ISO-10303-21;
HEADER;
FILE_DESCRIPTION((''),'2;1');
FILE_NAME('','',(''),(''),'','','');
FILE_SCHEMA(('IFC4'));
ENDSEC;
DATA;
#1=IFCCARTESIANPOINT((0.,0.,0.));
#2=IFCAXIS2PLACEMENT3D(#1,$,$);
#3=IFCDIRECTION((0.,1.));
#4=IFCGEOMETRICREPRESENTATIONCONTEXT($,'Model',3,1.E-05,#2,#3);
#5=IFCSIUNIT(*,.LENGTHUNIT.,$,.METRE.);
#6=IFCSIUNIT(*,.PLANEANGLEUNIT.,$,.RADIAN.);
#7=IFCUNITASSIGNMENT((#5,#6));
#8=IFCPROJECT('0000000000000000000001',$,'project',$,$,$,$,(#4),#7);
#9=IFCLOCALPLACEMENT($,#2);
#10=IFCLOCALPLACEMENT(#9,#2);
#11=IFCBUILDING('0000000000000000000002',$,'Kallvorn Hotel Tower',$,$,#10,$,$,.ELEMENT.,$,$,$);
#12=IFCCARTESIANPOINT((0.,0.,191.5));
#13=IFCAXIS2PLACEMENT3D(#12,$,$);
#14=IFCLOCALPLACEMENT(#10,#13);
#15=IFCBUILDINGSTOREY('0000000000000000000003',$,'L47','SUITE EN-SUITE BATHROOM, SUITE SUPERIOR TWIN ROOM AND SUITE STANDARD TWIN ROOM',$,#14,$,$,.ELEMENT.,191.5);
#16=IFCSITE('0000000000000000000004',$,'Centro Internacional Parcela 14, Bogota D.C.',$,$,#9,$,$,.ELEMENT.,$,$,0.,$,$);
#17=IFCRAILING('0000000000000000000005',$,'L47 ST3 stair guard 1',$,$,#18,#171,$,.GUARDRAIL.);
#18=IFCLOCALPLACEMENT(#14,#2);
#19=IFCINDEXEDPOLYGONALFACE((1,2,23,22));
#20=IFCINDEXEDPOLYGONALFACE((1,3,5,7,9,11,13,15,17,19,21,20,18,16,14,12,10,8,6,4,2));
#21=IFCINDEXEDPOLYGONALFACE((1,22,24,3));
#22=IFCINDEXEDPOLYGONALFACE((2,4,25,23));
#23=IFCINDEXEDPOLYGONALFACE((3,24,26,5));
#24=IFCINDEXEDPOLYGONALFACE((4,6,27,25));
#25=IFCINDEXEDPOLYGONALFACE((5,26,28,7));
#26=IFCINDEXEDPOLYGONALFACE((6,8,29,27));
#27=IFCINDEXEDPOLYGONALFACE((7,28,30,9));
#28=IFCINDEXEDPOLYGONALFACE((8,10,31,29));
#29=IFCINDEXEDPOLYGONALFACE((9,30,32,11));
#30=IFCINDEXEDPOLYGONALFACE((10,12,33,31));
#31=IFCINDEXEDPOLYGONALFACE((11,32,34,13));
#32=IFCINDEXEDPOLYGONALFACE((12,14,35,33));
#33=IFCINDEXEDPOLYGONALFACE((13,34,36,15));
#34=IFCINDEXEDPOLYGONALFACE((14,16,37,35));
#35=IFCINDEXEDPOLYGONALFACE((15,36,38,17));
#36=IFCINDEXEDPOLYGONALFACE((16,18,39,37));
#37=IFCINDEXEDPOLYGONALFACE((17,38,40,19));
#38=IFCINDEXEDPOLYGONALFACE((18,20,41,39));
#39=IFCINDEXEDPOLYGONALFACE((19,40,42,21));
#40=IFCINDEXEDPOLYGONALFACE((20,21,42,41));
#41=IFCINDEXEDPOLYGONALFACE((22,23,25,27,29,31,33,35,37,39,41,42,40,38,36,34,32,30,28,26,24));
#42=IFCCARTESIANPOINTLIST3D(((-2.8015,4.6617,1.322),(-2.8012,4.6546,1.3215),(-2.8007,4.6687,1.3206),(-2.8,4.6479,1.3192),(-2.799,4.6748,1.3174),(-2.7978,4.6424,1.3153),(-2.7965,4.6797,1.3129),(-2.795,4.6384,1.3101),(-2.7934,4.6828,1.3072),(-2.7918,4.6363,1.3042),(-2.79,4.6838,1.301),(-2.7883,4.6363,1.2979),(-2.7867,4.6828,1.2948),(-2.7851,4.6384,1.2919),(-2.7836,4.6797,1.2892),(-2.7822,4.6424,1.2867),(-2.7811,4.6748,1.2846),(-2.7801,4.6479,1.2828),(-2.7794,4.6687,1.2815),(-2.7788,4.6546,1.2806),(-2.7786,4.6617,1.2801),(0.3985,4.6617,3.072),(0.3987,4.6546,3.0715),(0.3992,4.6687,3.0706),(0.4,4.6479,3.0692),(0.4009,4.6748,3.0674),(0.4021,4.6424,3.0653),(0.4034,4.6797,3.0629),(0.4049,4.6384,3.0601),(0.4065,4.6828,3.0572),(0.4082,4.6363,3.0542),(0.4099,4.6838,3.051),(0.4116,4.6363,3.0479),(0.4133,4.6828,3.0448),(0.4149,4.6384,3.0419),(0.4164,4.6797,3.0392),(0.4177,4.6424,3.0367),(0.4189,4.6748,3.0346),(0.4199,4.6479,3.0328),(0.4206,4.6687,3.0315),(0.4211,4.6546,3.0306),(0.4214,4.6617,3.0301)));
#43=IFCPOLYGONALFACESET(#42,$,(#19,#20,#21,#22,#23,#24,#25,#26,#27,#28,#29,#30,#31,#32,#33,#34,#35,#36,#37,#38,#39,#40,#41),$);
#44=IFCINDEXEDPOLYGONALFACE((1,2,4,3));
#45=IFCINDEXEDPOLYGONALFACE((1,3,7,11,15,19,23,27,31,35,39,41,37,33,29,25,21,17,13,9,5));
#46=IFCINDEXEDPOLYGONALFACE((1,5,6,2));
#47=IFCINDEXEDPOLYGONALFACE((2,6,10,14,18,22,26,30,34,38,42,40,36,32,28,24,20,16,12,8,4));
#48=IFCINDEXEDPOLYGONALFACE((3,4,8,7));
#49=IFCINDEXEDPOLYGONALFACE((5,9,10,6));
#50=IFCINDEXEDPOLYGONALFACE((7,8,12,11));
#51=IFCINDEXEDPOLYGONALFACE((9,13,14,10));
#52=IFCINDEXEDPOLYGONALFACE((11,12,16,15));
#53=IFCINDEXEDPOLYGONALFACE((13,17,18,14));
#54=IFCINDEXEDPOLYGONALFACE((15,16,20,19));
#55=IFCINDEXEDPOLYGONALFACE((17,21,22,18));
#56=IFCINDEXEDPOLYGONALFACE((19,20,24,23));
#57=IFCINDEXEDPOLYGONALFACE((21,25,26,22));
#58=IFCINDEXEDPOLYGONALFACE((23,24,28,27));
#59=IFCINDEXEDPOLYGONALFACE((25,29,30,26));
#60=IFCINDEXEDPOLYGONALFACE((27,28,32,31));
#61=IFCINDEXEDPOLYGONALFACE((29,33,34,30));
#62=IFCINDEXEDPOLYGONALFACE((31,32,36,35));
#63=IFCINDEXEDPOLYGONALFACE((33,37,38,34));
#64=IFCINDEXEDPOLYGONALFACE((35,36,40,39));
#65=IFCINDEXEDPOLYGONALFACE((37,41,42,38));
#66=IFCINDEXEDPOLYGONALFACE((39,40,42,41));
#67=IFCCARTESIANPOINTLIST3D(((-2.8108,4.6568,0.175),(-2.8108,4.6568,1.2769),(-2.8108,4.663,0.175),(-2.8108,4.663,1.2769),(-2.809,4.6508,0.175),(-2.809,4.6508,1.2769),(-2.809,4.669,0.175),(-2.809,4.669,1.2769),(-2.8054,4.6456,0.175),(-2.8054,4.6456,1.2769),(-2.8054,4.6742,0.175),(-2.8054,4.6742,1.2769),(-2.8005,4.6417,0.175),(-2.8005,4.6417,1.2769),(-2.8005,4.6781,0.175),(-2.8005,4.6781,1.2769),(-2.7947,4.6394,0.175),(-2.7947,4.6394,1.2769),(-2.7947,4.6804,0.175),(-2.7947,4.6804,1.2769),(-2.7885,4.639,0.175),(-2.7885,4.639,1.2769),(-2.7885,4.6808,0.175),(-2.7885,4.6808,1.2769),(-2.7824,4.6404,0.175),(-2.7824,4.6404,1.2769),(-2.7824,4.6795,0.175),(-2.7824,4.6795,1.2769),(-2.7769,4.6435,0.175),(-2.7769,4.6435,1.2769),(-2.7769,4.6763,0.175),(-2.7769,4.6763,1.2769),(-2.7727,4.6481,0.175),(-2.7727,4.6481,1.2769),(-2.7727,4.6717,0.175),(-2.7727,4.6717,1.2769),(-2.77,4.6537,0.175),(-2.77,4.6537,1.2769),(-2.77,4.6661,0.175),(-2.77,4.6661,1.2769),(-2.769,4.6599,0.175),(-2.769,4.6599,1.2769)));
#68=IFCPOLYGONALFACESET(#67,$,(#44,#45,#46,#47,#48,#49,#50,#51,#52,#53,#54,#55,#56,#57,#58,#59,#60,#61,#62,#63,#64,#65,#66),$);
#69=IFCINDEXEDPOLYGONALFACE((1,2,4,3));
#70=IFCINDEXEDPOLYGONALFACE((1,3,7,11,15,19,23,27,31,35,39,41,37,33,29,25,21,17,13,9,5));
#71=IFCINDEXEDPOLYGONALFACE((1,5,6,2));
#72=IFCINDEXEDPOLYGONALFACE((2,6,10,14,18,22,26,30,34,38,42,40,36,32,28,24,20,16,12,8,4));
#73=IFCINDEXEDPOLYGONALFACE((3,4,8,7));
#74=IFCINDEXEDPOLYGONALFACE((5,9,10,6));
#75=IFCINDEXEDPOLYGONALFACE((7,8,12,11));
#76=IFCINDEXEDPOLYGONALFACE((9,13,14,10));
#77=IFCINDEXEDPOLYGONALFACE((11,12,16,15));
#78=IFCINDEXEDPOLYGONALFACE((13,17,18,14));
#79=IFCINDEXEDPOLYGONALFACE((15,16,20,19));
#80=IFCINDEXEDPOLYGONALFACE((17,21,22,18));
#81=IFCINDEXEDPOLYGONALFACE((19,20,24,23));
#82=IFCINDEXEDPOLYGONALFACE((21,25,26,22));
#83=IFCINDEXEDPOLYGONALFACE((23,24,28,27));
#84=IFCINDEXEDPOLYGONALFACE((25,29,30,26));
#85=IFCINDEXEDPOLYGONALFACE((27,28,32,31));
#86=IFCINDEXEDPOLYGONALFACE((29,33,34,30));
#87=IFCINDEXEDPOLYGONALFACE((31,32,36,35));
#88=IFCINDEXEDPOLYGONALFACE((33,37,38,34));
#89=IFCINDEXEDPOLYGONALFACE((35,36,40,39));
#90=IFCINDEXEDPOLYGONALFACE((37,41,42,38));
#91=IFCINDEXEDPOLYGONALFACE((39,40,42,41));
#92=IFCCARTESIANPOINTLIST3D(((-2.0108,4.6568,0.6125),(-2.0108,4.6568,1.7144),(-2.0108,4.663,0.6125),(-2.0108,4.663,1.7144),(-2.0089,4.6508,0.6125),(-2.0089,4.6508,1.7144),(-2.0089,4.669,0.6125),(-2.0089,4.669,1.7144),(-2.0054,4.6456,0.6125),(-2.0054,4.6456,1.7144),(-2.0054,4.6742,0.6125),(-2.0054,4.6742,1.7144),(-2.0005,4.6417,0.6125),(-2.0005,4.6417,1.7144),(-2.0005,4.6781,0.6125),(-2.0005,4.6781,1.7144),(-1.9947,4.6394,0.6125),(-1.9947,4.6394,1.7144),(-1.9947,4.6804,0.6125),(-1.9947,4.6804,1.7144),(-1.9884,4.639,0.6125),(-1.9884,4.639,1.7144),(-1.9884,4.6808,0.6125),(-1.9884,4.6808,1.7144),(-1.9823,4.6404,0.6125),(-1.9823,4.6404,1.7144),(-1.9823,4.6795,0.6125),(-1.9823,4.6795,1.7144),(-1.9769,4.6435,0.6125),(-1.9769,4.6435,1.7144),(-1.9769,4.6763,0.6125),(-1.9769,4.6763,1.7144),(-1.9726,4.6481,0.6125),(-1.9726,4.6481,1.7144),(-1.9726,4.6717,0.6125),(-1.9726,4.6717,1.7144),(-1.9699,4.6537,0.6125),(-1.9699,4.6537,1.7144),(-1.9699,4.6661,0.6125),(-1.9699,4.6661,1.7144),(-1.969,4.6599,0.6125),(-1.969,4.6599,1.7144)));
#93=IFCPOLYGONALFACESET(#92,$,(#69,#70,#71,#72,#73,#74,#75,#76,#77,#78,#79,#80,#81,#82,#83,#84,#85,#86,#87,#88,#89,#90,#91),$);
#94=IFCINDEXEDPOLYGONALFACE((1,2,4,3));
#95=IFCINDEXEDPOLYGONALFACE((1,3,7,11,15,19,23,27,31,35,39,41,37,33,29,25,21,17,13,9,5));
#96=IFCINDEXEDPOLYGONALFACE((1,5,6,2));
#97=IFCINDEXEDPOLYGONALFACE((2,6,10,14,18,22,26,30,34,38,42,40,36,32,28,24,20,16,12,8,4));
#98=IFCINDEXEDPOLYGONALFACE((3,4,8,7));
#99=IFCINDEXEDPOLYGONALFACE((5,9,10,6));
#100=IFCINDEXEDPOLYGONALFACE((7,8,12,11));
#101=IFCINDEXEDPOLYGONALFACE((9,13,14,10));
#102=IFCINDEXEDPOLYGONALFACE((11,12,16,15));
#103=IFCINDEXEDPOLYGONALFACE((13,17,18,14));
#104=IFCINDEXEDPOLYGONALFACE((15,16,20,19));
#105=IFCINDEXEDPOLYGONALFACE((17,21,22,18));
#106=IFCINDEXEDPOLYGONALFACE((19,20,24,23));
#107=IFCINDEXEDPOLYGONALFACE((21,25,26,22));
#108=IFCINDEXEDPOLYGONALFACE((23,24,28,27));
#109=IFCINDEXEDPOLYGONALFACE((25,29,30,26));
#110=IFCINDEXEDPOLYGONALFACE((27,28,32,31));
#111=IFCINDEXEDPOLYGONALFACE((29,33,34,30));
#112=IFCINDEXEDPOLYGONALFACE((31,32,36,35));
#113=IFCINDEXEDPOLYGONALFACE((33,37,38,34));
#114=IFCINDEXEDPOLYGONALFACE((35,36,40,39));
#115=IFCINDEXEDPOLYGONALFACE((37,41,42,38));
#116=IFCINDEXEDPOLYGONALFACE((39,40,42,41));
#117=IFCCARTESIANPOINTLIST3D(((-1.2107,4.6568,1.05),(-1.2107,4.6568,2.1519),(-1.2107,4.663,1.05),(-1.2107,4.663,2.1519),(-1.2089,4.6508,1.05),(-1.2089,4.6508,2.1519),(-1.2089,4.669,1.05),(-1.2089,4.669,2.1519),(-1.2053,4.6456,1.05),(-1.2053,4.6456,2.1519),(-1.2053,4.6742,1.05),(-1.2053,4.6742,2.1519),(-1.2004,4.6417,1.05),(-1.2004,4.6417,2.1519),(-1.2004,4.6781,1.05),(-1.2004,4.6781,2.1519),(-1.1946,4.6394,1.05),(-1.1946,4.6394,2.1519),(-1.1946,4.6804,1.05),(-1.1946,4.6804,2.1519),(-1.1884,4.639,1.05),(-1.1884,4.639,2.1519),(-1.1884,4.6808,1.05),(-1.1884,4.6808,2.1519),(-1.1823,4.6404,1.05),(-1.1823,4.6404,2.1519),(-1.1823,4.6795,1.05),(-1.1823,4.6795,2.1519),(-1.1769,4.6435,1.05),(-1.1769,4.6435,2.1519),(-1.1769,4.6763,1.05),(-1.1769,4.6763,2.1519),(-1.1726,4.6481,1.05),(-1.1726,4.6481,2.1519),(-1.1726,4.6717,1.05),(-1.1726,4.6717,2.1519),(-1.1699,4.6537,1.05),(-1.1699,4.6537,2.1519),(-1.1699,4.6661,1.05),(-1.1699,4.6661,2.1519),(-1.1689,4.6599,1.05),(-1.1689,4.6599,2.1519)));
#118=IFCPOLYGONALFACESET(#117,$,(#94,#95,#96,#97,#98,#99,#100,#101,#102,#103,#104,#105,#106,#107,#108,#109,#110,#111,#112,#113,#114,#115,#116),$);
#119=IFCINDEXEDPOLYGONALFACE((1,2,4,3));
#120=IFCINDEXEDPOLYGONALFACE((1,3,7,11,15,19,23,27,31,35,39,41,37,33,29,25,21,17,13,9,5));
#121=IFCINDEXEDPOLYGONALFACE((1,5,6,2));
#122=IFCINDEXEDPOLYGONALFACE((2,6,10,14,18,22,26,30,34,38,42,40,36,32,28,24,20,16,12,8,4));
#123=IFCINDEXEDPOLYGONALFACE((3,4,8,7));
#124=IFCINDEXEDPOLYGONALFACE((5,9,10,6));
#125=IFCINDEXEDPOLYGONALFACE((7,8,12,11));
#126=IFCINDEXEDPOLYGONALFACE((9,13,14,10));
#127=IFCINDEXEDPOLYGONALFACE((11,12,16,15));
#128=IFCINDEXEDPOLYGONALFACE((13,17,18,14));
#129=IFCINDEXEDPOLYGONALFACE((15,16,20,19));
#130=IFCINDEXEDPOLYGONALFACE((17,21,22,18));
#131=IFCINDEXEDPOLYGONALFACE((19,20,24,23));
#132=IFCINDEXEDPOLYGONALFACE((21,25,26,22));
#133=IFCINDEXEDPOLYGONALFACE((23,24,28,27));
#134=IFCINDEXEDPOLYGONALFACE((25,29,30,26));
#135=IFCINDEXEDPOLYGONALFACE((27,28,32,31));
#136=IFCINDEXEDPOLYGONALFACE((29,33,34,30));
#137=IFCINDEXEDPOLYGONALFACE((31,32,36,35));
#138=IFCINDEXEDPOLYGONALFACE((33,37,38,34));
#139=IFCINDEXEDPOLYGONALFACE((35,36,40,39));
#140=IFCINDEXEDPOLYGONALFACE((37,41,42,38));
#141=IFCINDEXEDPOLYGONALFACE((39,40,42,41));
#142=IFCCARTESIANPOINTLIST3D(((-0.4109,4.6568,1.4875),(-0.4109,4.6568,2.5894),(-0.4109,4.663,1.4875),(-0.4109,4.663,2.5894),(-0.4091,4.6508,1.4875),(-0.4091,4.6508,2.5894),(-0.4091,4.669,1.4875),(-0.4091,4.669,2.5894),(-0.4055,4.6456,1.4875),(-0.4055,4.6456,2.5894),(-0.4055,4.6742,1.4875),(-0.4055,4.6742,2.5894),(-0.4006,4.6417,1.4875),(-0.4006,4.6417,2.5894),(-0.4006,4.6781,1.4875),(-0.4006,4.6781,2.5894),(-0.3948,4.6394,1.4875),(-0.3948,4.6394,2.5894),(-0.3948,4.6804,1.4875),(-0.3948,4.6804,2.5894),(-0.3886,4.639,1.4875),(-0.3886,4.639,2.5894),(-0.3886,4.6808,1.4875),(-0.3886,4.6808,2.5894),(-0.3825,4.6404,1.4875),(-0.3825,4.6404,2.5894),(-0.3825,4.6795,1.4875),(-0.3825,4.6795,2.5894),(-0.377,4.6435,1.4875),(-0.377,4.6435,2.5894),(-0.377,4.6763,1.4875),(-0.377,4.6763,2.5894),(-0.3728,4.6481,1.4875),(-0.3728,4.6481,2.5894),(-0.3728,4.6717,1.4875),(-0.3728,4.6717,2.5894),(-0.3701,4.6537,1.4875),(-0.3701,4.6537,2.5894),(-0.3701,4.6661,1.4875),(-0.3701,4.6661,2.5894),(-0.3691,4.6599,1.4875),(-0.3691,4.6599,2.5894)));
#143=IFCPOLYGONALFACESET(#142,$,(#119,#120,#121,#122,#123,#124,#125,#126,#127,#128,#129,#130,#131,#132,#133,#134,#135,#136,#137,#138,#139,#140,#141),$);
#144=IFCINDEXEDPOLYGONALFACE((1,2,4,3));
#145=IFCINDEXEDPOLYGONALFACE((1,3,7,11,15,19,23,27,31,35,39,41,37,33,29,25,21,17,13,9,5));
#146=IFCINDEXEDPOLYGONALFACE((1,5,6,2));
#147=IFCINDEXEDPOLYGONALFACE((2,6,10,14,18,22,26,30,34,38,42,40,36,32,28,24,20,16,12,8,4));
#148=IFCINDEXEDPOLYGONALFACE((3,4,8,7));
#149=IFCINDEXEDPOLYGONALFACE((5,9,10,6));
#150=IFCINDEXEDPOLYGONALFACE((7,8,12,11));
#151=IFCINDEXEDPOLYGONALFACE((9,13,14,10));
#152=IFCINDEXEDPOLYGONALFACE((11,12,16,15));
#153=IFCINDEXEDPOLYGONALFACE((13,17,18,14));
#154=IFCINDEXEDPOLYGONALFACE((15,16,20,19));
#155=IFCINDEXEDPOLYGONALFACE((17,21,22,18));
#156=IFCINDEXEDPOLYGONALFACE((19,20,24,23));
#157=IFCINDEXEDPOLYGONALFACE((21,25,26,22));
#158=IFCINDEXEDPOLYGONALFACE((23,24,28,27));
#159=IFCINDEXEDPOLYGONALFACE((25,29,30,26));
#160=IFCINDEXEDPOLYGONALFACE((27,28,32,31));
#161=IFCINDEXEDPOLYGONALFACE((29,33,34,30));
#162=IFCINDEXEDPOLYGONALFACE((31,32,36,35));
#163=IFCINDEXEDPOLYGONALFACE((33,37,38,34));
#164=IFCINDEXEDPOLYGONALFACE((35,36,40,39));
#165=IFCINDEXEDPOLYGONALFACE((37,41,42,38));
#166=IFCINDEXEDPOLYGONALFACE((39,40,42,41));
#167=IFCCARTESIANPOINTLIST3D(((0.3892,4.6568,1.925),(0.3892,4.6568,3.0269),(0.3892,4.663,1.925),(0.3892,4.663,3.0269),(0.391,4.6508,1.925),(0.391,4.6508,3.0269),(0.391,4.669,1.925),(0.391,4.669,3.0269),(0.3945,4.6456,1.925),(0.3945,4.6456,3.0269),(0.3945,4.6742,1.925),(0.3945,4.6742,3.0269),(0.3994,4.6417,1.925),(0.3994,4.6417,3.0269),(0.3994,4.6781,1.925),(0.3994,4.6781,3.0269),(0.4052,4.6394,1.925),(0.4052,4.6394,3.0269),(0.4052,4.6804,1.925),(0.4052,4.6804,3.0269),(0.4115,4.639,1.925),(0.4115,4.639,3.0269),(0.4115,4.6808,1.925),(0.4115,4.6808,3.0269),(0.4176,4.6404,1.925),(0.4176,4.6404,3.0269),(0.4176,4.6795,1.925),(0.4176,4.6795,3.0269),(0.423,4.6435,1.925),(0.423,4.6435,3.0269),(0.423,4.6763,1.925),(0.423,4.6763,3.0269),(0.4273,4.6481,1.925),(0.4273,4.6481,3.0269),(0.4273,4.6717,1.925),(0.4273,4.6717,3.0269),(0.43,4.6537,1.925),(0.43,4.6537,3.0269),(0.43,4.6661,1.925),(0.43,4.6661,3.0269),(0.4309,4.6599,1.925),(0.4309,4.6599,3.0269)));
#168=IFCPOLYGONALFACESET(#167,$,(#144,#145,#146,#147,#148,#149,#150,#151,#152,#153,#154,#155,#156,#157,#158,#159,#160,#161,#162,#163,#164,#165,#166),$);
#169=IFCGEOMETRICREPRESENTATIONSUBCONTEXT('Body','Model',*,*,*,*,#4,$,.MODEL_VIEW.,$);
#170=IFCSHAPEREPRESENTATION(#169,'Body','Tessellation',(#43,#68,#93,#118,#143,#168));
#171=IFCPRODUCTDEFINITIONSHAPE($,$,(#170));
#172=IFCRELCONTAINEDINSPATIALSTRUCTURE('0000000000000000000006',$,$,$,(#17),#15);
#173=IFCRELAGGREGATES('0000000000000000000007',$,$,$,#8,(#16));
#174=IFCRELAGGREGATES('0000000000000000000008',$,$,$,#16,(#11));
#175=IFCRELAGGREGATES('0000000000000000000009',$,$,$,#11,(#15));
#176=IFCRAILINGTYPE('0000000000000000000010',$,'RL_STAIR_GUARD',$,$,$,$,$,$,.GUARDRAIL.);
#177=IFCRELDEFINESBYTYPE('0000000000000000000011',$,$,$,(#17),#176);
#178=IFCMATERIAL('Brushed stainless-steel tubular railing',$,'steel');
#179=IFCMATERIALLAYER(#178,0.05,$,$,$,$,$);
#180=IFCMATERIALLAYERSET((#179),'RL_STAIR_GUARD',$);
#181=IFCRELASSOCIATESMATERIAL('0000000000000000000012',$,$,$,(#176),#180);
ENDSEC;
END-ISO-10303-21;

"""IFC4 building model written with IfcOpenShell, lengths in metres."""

from ifc_helpers import new_model, si_unit, direction, frame, origin, origin_2d, place, context, subcontext, project, spatial, circle, extrude, material, layer, layer_set, type_object, element, save


model = new_model("IFC4")

# Units and contexts
model_context = context("Model", 3, precision=1e-05, world=origin(), true_north=direction((0.0, 1.0)))
body_context = subcontext(model_context, "Body", "Model", "MODEL_VIEW")
ifc_project = project(units=[si_unit("LENGTHUNIT", "METRE"), si_unit("PLANEANGLEUNIT", "RADIAN")], contexts=[model_context])

# Site, building, storey
site_placement = place(None, origin())
site = spatial("IfcSite", under=ifc_project, at=site_placement, Name="Centro Internacional Parcela 14, Bogota D.C.", CompositionType="ELEMENT", RefElevation=0.0)
building_placement = place(site_placement, origin())
building = spatial("IfcBuilding", under=site, at=building_placement, Name="Kallvorn Hotel Tower", CompositionType="ELEMENT")
storey_placement = place(building_placement, frame((0.0, 0.0, 191.5)))
storey = spatial("IfcBuildingStorey", under=building, at=storey_placement, Name="L47", Description="SUITE EN-SUITE BATHROOM, SUITE SUPERIOR TWIN ROOM AND SUITE STANDARD TWIN ROOM", CompositionType="ELEMENT", Elevation=191.5)

# Railing
ifc_material_1 = material(Name="Brushed stainless-steel tubular railing", Category="steel")
ifc_layer_1 = layer(ifc_material_1, 0.05)
ifc_layer_set_1 = layer_set([ifc_layer_1], Name="RL_STAIR_GUARD")
railing_type_1 = type_object("IfcRailingType", Name="RL_STAIR_GUARD", PredefinedType="GUARDRAIL", material=ifc_layer_set_1)
railing_1_placement = place(storey_placement, frame((-2.79, 4.6599, 0.175)))
element("IfcRailing", 1, at=railing_1_placement, inside=storey, type_object=railing_type_1, Name="L47 ST3 stair guard 1", PredefinedType="GUARDRAIL", context=body_context, shape_type="SweptSolid", body=[
    extrude(circle(Radius=0.0239, at=origin_2d()), frame((0.0, 0.0, 1.126), z_axis=(0.877368, 0.0, 0.479818), x_axis=(0.0, 1.0, 0.0)), (0.0, 0.0, 1.0), 3.6472),
    extrude(circle(Radius=0.021, at=origin_2d()), origin(), (0.0, 0.0, 1.0), 1.1018),
    extrude(circle(Radius=0.021, at=origin_2d()), frame((0.8, 0.0, 0.4375)), (0.0, 0.0, 1.0), 1.1018),
    extrude(circle(Radius=0.021, at=origin_2d()), frame((1.6001, 0.0, 0.875)), (0.0, 0.0, 1.0), 1.1018),
    extrude(circle(Radius=0.021, at=origin_2d()), frame((2.3999, 0.0, 1.3125)), (0.0, 0.0, 1.0), 1.1018),
    extrude(circle(Radius=0.021, at=origin_2d()), frame((3.2, 0.0, 1.75)), (0.0, 0.0, 1.0), 1.1018),
])

save(model, "model.ifc")
